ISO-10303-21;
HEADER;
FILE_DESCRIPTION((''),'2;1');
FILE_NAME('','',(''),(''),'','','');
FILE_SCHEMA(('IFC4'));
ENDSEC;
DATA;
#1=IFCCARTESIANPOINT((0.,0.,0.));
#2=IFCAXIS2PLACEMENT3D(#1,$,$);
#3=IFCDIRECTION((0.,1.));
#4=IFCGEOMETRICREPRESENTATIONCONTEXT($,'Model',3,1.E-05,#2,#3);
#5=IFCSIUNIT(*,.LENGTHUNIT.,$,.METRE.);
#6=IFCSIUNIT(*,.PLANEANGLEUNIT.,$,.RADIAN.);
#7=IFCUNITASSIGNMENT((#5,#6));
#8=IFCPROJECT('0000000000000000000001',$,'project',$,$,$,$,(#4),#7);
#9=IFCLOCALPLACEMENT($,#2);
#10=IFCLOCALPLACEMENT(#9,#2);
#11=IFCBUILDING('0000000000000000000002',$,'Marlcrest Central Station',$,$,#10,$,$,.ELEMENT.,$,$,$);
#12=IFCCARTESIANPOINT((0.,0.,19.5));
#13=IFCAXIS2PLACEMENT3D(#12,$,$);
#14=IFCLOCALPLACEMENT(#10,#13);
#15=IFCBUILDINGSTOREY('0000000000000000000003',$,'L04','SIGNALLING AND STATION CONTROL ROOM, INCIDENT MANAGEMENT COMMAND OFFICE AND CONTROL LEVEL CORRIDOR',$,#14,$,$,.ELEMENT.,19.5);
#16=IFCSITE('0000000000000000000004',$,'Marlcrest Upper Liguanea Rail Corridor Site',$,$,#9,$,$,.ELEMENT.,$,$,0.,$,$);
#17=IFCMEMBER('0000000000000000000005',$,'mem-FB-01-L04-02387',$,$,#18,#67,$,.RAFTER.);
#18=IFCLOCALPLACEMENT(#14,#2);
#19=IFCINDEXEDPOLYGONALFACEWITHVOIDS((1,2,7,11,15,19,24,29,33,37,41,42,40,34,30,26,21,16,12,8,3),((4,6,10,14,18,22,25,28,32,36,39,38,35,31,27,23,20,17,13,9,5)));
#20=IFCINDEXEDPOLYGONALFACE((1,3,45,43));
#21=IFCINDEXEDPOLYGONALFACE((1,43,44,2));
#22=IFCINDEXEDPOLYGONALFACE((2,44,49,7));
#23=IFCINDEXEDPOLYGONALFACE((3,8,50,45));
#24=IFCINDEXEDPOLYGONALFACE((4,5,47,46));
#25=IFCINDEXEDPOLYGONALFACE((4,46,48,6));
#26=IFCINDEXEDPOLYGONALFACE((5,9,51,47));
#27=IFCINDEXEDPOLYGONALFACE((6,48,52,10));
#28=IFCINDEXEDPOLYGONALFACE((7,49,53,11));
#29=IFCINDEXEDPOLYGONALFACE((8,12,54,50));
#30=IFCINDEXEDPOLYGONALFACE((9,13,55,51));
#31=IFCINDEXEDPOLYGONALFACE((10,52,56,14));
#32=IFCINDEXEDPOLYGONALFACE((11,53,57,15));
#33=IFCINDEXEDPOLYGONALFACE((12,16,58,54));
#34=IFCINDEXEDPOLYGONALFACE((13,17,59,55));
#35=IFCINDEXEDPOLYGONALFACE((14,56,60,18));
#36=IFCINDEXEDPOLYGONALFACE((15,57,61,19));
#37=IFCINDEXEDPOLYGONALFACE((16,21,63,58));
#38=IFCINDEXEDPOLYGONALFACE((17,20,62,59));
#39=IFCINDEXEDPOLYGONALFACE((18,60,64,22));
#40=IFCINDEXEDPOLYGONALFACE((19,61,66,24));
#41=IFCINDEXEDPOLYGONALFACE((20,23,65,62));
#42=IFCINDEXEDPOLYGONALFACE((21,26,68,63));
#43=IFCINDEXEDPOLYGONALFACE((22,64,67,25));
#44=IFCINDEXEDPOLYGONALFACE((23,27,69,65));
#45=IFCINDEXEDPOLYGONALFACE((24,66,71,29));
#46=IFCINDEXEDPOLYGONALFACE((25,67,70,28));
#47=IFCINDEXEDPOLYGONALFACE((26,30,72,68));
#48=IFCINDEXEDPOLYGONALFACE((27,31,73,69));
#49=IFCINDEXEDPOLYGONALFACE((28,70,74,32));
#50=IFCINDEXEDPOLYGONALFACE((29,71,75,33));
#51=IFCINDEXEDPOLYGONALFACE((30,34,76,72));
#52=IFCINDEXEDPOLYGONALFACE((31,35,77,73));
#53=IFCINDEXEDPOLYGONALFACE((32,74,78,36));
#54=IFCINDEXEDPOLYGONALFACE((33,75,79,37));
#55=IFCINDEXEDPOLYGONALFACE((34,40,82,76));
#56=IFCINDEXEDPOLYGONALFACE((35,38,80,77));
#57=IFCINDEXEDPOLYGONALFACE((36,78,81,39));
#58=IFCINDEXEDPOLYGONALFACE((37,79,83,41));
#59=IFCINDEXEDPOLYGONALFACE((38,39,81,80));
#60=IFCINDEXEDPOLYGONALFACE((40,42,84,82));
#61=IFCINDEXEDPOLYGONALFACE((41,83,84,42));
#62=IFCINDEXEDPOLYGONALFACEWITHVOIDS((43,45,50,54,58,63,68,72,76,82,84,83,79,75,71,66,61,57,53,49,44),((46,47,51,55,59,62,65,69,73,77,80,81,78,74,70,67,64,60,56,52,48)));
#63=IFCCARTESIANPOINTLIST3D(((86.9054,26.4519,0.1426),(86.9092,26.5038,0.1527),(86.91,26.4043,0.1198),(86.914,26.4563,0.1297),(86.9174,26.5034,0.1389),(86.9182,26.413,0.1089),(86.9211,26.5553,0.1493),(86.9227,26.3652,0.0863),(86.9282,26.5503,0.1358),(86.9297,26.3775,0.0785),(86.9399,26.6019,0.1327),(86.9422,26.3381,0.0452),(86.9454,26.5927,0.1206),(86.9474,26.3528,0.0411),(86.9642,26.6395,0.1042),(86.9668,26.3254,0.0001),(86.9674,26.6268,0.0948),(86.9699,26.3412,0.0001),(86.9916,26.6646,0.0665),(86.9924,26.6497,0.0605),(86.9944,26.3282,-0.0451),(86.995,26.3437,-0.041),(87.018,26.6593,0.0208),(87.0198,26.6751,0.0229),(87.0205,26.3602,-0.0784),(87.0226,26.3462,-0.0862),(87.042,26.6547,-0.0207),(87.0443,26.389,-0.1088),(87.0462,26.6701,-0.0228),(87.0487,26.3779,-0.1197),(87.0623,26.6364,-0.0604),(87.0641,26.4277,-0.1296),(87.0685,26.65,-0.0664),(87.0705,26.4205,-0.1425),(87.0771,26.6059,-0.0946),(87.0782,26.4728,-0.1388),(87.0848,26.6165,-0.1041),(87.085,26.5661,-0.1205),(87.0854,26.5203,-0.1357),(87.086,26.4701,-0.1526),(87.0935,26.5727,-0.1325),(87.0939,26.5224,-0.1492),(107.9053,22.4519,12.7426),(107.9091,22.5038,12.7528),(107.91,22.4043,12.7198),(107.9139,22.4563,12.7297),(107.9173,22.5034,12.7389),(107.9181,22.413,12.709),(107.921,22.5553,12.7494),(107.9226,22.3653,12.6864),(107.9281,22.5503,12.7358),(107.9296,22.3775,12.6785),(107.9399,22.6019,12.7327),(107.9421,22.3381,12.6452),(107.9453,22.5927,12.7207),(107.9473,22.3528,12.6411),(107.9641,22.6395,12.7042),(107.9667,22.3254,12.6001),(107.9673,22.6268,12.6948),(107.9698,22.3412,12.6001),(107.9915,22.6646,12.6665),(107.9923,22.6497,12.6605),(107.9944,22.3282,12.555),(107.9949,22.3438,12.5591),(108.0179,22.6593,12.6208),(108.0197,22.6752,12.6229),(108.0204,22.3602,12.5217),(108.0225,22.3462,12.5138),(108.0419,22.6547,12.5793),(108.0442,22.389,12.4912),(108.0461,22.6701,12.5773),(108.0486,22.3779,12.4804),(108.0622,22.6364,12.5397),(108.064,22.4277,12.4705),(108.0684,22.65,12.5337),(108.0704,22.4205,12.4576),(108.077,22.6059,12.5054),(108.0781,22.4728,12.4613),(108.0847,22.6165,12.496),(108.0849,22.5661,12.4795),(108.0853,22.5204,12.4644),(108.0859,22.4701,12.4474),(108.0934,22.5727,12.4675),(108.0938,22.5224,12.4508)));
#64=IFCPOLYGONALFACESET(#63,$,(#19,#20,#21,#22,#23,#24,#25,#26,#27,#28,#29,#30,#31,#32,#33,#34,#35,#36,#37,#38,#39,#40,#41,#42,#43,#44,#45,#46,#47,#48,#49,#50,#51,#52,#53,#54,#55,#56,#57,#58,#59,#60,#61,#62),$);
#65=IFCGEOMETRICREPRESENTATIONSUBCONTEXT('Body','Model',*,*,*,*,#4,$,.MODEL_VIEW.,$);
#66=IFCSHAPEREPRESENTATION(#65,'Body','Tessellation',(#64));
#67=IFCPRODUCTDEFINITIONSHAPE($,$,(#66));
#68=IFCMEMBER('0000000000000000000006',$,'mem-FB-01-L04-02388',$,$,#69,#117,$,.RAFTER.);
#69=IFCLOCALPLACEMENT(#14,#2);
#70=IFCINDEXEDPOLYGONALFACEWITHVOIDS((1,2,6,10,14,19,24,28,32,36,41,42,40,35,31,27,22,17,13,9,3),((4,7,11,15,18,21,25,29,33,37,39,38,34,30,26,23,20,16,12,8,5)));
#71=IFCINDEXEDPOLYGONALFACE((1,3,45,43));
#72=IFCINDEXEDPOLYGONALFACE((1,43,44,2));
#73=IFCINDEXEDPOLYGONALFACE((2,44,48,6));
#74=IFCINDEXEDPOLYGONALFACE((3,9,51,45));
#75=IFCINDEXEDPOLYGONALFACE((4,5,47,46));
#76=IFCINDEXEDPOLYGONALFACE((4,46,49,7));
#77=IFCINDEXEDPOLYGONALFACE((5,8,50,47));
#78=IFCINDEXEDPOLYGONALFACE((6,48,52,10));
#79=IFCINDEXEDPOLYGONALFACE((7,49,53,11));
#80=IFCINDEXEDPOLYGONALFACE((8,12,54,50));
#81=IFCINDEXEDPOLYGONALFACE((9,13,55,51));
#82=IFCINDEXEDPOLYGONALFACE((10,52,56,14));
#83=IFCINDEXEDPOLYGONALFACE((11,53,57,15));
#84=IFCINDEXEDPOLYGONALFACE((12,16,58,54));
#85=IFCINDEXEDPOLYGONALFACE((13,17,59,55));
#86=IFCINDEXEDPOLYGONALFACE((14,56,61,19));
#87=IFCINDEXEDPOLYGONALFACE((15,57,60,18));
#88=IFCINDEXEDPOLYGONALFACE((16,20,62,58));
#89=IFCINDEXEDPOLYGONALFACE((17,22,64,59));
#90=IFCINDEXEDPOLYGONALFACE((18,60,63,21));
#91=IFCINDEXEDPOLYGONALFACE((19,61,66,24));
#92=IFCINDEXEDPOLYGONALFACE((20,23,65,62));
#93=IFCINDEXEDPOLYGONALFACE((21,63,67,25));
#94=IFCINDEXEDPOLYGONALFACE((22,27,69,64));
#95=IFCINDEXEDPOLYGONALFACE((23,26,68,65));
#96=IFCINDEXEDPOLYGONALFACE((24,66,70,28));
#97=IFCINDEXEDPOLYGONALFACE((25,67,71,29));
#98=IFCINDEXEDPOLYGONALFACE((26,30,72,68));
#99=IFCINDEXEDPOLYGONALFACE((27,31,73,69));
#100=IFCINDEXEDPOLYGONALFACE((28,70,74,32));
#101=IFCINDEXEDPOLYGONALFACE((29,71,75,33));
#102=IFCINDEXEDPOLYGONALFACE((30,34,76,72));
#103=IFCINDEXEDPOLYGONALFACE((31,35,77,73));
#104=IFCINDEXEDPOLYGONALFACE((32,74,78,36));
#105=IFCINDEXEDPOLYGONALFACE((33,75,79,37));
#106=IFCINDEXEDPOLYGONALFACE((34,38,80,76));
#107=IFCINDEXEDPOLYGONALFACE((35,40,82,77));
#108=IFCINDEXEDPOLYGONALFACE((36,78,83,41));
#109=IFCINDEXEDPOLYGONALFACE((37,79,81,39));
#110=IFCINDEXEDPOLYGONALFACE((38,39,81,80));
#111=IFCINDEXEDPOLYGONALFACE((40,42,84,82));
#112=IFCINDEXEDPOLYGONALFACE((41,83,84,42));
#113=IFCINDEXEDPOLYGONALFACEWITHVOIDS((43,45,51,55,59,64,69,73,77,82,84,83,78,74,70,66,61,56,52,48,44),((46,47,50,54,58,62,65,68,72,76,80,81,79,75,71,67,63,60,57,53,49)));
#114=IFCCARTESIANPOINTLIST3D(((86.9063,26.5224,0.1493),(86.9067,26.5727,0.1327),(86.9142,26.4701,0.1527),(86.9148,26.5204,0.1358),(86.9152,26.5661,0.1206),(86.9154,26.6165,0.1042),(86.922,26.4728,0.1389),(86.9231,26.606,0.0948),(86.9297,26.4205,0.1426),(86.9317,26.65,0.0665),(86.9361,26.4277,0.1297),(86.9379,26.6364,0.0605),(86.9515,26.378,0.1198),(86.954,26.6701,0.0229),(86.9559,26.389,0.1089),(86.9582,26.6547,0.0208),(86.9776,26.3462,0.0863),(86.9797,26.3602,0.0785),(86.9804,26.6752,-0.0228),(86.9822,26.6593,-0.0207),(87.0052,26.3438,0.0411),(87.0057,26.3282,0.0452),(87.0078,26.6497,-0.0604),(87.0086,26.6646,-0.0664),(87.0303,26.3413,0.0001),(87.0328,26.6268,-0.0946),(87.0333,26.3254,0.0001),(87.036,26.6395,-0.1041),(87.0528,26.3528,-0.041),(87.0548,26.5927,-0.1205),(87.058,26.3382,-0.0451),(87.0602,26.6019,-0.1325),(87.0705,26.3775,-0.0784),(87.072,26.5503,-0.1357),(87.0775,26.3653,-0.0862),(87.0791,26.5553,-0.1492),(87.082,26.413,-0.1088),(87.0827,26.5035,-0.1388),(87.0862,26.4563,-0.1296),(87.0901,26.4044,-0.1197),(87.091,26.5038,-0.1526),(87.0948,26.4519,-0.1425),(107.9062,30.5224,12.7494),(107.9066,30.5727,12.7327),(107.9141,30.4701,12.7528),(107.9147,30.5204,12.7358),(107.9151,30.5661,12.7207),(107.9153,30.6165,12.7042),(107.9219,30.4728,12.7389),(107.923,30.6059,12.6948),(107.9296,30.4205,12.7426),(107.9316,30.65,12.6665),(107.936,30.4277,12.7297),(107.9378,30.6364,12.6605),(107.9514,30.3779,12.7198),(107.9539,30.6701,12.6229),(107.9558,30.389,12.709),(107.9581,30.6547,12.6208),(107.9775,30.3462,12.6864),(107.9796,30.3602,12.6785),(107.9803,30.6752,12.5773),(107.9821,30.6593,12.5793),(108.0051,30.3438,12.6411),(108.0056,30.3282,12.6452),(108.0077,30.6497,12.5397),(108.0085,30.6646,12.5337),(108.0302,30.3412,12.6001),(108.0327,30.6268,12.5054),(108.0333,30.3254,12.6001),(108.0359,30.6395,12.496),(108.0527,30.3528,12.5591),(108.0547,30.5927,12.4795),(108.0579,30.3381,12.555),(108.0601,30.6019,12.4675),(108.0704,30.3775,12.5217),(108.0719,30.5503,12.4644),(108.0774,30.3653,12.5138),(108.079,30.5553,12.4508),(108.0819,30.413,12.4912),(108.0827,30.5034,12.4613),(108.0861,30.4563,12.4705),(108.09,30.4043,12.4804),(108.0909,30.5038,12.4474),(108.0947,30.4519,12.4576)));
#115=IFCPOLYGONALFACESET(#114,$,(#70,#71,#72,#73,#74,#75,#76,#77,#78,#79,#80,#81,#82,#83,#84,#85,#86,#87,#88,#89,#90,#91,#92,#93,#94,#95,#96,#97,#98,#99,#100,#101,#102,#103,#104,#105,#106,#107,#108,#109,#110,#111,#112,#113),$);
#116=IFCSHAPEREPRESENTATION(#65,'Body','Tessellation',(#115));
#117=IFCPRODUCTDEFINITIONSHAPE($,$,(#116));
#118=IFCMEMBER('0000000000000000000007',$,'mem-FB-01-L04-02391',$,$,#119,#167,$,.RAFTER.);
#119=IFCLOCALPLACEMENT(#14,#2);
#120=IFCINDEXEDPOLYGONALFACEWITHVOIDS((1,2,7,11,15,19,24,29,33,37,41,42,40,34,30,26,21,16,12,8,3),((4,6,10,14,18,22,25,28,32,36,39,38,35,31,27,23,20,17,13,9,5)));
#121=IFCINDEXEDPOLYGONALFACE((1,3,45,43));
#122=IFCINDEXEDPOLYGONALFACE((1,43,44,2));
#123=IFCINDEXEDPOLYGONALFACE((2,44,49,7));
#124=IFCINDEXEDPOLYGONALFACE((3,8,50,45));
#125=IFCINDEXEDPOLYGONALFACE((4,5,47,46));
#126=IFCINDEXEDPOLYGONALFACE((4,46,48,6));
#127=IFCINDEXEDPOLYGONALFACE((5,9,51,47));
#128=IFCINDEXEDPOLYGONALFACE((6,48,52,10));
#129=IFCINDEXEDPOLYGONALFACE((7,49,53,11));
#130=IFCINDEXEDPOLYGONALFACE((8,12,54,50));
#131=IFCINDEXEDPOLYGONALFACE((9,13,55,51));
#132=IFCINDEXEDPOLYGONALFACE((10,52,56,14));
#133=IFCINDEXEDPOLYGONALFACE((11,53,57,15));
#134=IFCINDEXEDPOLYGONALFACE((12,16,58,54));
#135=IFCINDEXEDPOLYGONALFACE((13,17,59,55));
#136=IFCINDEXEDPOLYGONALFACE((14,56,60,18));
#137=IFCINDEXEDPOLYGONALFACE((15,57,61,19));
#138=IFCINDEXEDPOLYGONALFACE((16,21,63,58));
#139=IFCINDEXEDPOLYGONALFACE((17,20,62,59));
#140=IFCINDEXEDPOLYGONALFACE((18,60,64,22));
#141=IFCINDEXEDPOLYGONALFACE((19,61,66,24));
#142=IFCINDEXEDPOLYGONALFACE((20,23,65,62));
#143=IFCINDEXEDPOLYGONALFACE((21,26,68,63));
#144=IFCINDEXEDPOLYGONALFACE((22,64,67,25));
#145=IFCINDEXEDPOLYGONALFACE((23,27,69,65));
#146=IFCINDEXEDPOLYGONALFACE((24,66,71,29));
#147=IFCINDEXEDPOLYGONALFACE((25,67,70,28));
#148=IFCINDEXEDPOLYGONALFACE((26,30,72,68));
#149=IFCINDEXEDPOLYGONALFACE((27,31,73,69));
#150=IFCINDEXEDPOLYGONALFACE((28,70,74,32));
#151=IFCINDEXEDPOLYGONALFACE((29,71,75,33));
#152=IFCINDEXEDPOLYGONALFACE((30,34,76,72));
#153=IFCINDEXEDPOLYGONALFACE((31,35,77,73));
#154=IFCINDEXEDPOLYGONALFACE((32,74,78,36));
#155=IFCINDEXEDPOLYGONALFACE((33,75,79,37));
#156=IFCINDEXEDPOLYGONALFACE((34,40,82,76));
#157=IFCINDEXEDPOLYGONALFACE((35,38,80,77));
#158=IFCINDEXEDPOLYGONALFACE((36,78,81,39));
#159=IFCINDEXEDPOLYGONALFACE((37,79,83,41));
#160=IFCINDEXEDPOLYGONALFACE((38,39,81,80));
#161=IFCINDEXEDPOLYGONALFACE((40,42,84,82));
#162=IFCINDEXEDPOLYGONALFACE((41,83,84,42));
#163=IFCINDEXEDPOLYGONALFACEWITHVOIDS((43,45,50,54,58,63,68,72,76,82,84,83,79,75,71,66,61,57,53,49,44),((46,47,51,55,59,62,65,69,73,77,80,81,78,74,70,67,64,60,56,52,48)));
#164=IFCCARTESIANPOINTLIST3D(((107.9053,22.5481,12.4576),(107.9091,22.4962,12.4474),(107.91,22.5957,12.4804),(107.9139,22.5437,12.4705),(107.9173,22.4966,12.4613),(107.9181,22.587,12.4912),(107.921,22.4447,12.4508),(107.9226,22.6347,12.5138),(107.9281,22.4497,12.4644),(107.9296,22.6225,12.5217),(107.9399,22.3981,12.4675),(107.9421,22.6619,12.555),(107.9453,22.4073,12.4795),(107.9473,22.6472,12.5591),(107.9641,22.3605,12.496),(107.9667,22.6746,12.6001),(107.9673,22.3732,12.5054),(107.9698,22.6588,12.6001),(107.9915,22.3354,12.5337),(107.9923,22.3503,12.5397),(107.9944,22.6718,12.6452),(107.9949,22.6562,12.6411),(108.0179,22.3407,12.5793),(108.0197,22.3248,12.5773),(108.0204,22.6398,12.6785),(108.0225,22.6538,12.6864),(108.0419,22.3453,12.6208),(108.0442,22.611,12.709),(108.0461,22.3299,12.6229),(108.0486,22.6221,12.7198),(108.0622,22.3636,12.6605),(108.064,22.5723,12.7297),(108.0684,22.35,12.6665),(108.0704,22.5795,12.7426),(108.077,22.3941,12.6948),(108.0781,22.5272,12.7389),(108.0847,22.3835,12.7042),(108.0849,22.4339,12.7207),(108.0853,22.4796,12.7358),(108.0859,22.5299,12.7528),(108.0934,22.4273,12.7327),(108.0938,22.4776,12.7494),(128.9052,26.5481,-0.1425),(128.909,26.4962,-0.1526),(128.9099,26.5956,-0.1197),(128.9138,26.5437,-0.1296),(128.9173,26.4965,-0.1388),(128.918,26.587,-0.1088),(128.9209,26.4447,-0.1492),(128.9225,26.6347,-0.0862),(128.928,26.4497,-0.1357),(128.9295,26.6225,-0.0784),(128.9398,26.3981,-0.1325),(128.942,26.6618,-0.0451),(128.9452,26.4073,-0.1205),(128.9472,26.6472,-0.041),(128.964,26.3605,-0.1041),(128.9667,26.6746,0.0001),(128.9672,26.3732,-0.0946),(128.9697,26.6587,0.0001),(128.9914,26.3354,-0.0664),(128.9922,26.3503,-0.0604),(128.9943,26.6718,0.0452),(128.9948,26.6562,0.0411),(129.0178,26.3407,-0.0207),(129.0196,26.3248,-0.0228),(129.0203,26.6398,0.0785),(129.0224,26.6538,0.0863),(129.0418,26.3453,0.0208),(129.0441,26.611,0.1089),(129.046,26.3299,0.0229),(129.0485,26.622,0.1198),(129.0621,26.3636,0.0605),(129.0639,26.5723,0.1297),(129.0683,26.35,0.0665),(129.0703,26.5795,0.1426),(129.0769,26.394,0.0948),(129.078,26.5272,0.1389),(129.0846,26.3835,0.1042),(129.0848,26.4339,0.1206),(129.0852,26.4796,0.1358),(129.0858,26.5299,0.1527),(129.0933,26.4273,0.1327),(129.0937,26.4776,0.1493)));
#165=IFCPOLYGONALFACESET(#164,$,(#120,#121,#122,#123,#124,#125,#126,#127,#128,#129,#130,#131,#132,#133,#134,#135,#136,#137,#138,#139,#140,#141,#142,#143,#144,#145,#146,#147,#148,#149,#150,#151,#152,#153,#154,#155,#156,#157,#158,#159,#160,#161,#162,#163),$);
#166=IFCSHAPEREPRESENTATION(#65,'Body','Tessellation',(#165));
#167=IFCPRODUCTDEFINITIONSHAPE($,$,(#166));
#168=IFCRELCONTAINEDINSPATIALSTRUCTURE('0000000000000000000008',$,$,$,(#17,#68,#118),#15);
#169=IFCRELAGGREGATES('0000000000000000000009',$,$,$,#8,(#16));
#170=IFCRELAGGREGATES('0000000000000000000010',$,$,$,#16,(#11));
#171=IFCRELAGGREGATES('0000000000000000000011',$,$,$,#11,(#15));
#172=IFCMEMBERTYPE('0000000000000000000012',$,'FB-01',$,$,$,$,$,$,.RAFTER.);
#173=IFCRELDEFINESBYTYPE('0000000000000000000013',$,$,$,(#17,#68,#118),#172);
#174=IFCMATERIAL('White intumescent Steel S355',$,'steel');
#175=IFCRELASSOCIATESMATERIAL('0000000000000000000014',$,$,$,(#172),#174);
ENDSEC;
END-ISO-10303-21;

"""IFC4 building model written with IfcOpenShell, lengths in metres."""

from ifc_helpers import new_model, si_unit, direction, frame, origin, origin_2d, place, context, subcontext, project, spatial, hollow_circle, extrude, material, material_profile, profile_set, type_object, element, save


model = new_model("IFC4")

# Units and contexts
model_context = context("Model", 3, precision=1e-05, world=origin(), true_north=direction((0.0, 1.0)))
body_context = subcontext(model_context, "Body", "Model", "MODEL_VIEW")
ifc_project = project(units=[si_unit("LENGTHUNIT", "METRE"), si_unit("PLANEANGLEUNIT", "RADIAN")], contexts=[model_context])

# Site, building, storey
site_placement = place(None, origin())
site = spatial("IfcSite", under=ifc_project, at=site_placement, Name="Marlcrest Upper Liguanea Rail Corridor Site", CompositionType="ELEMENT", RefElevation=0.0)
building_placement = place(site_placement, origin())
building = spatial("IfcBuilding", under=site, at=building_placement, Name="Marlcrest Central Station", CompositionType="ELEMENT")
storey_placement = place(building_placement, frame((0.0, 0.0, 19.5)))
storey = spatial("IfcBuildingStorey", under=building, at=storey_placement, Name="L04", Description="SIGNALLING AND STATION CONTROL ROOM, INCIDENT MANAGEMENT COMMAND OFFICE AND CONTROL LEVEL CORRIDOR", CompositionType="ELEMENT", Elevation=19.5)

# Members
ifc_material_1 = material(Name="White intumescent Steel S355", Category="steel")
ifc_material_profile_1 = material_profile(ifc_material_1, hollow_circle(Radius=0.1777, WallThickness=0.0161, at=origin_2d()), Name="CHS 355.6x16")
ifc_profile_set_1 = profile_set([ifc_material_profile_1], Name="White intumescent Steel S355")
member_type_1 = type_object("IfcMemberType", Name="FB-01", PredefinedType="RAFTER", material=ifc_profile_set_1)
for number, where, z_axis, x_axis, name in (
    (1, (108.0, 22.5, 12.6001), (-0.846277, 0.161196, -0.50777), (-0.187112, -0.982339, 0.0), "mem-FB-01-L04-02387"),
    (2, (108.0, 30.5, 12.6001), (-0.846277, -0.161196, -0.50777), (0.187112, -0.982339, 0.0), "mem-FB-01-L04-02388"),
    (3, (108.0, 22.5, 12.6001), (0.846277, 0.161196, -0.50777), (-0.187112, 0.982339, 0.0), "mem-FB-01-L04-02391"),
):
    element("IfcMember", number, at=place(storey_placement, frame(where, z_axis=z_axis, x_axis=x_axis)), inside=storey, type_object=member_type_1, Name=name, PredefinedType="RAFTER", context=body_context, shape_type="SweptSolid", body=[
        extrude(hollow_circle(Radius=0.1777, WallThickness=0.0161, at=origin_2d()), origin(), (0.0, 0.0, 1.0), 24.8145),
    ])

save(model, "model.ifc")
